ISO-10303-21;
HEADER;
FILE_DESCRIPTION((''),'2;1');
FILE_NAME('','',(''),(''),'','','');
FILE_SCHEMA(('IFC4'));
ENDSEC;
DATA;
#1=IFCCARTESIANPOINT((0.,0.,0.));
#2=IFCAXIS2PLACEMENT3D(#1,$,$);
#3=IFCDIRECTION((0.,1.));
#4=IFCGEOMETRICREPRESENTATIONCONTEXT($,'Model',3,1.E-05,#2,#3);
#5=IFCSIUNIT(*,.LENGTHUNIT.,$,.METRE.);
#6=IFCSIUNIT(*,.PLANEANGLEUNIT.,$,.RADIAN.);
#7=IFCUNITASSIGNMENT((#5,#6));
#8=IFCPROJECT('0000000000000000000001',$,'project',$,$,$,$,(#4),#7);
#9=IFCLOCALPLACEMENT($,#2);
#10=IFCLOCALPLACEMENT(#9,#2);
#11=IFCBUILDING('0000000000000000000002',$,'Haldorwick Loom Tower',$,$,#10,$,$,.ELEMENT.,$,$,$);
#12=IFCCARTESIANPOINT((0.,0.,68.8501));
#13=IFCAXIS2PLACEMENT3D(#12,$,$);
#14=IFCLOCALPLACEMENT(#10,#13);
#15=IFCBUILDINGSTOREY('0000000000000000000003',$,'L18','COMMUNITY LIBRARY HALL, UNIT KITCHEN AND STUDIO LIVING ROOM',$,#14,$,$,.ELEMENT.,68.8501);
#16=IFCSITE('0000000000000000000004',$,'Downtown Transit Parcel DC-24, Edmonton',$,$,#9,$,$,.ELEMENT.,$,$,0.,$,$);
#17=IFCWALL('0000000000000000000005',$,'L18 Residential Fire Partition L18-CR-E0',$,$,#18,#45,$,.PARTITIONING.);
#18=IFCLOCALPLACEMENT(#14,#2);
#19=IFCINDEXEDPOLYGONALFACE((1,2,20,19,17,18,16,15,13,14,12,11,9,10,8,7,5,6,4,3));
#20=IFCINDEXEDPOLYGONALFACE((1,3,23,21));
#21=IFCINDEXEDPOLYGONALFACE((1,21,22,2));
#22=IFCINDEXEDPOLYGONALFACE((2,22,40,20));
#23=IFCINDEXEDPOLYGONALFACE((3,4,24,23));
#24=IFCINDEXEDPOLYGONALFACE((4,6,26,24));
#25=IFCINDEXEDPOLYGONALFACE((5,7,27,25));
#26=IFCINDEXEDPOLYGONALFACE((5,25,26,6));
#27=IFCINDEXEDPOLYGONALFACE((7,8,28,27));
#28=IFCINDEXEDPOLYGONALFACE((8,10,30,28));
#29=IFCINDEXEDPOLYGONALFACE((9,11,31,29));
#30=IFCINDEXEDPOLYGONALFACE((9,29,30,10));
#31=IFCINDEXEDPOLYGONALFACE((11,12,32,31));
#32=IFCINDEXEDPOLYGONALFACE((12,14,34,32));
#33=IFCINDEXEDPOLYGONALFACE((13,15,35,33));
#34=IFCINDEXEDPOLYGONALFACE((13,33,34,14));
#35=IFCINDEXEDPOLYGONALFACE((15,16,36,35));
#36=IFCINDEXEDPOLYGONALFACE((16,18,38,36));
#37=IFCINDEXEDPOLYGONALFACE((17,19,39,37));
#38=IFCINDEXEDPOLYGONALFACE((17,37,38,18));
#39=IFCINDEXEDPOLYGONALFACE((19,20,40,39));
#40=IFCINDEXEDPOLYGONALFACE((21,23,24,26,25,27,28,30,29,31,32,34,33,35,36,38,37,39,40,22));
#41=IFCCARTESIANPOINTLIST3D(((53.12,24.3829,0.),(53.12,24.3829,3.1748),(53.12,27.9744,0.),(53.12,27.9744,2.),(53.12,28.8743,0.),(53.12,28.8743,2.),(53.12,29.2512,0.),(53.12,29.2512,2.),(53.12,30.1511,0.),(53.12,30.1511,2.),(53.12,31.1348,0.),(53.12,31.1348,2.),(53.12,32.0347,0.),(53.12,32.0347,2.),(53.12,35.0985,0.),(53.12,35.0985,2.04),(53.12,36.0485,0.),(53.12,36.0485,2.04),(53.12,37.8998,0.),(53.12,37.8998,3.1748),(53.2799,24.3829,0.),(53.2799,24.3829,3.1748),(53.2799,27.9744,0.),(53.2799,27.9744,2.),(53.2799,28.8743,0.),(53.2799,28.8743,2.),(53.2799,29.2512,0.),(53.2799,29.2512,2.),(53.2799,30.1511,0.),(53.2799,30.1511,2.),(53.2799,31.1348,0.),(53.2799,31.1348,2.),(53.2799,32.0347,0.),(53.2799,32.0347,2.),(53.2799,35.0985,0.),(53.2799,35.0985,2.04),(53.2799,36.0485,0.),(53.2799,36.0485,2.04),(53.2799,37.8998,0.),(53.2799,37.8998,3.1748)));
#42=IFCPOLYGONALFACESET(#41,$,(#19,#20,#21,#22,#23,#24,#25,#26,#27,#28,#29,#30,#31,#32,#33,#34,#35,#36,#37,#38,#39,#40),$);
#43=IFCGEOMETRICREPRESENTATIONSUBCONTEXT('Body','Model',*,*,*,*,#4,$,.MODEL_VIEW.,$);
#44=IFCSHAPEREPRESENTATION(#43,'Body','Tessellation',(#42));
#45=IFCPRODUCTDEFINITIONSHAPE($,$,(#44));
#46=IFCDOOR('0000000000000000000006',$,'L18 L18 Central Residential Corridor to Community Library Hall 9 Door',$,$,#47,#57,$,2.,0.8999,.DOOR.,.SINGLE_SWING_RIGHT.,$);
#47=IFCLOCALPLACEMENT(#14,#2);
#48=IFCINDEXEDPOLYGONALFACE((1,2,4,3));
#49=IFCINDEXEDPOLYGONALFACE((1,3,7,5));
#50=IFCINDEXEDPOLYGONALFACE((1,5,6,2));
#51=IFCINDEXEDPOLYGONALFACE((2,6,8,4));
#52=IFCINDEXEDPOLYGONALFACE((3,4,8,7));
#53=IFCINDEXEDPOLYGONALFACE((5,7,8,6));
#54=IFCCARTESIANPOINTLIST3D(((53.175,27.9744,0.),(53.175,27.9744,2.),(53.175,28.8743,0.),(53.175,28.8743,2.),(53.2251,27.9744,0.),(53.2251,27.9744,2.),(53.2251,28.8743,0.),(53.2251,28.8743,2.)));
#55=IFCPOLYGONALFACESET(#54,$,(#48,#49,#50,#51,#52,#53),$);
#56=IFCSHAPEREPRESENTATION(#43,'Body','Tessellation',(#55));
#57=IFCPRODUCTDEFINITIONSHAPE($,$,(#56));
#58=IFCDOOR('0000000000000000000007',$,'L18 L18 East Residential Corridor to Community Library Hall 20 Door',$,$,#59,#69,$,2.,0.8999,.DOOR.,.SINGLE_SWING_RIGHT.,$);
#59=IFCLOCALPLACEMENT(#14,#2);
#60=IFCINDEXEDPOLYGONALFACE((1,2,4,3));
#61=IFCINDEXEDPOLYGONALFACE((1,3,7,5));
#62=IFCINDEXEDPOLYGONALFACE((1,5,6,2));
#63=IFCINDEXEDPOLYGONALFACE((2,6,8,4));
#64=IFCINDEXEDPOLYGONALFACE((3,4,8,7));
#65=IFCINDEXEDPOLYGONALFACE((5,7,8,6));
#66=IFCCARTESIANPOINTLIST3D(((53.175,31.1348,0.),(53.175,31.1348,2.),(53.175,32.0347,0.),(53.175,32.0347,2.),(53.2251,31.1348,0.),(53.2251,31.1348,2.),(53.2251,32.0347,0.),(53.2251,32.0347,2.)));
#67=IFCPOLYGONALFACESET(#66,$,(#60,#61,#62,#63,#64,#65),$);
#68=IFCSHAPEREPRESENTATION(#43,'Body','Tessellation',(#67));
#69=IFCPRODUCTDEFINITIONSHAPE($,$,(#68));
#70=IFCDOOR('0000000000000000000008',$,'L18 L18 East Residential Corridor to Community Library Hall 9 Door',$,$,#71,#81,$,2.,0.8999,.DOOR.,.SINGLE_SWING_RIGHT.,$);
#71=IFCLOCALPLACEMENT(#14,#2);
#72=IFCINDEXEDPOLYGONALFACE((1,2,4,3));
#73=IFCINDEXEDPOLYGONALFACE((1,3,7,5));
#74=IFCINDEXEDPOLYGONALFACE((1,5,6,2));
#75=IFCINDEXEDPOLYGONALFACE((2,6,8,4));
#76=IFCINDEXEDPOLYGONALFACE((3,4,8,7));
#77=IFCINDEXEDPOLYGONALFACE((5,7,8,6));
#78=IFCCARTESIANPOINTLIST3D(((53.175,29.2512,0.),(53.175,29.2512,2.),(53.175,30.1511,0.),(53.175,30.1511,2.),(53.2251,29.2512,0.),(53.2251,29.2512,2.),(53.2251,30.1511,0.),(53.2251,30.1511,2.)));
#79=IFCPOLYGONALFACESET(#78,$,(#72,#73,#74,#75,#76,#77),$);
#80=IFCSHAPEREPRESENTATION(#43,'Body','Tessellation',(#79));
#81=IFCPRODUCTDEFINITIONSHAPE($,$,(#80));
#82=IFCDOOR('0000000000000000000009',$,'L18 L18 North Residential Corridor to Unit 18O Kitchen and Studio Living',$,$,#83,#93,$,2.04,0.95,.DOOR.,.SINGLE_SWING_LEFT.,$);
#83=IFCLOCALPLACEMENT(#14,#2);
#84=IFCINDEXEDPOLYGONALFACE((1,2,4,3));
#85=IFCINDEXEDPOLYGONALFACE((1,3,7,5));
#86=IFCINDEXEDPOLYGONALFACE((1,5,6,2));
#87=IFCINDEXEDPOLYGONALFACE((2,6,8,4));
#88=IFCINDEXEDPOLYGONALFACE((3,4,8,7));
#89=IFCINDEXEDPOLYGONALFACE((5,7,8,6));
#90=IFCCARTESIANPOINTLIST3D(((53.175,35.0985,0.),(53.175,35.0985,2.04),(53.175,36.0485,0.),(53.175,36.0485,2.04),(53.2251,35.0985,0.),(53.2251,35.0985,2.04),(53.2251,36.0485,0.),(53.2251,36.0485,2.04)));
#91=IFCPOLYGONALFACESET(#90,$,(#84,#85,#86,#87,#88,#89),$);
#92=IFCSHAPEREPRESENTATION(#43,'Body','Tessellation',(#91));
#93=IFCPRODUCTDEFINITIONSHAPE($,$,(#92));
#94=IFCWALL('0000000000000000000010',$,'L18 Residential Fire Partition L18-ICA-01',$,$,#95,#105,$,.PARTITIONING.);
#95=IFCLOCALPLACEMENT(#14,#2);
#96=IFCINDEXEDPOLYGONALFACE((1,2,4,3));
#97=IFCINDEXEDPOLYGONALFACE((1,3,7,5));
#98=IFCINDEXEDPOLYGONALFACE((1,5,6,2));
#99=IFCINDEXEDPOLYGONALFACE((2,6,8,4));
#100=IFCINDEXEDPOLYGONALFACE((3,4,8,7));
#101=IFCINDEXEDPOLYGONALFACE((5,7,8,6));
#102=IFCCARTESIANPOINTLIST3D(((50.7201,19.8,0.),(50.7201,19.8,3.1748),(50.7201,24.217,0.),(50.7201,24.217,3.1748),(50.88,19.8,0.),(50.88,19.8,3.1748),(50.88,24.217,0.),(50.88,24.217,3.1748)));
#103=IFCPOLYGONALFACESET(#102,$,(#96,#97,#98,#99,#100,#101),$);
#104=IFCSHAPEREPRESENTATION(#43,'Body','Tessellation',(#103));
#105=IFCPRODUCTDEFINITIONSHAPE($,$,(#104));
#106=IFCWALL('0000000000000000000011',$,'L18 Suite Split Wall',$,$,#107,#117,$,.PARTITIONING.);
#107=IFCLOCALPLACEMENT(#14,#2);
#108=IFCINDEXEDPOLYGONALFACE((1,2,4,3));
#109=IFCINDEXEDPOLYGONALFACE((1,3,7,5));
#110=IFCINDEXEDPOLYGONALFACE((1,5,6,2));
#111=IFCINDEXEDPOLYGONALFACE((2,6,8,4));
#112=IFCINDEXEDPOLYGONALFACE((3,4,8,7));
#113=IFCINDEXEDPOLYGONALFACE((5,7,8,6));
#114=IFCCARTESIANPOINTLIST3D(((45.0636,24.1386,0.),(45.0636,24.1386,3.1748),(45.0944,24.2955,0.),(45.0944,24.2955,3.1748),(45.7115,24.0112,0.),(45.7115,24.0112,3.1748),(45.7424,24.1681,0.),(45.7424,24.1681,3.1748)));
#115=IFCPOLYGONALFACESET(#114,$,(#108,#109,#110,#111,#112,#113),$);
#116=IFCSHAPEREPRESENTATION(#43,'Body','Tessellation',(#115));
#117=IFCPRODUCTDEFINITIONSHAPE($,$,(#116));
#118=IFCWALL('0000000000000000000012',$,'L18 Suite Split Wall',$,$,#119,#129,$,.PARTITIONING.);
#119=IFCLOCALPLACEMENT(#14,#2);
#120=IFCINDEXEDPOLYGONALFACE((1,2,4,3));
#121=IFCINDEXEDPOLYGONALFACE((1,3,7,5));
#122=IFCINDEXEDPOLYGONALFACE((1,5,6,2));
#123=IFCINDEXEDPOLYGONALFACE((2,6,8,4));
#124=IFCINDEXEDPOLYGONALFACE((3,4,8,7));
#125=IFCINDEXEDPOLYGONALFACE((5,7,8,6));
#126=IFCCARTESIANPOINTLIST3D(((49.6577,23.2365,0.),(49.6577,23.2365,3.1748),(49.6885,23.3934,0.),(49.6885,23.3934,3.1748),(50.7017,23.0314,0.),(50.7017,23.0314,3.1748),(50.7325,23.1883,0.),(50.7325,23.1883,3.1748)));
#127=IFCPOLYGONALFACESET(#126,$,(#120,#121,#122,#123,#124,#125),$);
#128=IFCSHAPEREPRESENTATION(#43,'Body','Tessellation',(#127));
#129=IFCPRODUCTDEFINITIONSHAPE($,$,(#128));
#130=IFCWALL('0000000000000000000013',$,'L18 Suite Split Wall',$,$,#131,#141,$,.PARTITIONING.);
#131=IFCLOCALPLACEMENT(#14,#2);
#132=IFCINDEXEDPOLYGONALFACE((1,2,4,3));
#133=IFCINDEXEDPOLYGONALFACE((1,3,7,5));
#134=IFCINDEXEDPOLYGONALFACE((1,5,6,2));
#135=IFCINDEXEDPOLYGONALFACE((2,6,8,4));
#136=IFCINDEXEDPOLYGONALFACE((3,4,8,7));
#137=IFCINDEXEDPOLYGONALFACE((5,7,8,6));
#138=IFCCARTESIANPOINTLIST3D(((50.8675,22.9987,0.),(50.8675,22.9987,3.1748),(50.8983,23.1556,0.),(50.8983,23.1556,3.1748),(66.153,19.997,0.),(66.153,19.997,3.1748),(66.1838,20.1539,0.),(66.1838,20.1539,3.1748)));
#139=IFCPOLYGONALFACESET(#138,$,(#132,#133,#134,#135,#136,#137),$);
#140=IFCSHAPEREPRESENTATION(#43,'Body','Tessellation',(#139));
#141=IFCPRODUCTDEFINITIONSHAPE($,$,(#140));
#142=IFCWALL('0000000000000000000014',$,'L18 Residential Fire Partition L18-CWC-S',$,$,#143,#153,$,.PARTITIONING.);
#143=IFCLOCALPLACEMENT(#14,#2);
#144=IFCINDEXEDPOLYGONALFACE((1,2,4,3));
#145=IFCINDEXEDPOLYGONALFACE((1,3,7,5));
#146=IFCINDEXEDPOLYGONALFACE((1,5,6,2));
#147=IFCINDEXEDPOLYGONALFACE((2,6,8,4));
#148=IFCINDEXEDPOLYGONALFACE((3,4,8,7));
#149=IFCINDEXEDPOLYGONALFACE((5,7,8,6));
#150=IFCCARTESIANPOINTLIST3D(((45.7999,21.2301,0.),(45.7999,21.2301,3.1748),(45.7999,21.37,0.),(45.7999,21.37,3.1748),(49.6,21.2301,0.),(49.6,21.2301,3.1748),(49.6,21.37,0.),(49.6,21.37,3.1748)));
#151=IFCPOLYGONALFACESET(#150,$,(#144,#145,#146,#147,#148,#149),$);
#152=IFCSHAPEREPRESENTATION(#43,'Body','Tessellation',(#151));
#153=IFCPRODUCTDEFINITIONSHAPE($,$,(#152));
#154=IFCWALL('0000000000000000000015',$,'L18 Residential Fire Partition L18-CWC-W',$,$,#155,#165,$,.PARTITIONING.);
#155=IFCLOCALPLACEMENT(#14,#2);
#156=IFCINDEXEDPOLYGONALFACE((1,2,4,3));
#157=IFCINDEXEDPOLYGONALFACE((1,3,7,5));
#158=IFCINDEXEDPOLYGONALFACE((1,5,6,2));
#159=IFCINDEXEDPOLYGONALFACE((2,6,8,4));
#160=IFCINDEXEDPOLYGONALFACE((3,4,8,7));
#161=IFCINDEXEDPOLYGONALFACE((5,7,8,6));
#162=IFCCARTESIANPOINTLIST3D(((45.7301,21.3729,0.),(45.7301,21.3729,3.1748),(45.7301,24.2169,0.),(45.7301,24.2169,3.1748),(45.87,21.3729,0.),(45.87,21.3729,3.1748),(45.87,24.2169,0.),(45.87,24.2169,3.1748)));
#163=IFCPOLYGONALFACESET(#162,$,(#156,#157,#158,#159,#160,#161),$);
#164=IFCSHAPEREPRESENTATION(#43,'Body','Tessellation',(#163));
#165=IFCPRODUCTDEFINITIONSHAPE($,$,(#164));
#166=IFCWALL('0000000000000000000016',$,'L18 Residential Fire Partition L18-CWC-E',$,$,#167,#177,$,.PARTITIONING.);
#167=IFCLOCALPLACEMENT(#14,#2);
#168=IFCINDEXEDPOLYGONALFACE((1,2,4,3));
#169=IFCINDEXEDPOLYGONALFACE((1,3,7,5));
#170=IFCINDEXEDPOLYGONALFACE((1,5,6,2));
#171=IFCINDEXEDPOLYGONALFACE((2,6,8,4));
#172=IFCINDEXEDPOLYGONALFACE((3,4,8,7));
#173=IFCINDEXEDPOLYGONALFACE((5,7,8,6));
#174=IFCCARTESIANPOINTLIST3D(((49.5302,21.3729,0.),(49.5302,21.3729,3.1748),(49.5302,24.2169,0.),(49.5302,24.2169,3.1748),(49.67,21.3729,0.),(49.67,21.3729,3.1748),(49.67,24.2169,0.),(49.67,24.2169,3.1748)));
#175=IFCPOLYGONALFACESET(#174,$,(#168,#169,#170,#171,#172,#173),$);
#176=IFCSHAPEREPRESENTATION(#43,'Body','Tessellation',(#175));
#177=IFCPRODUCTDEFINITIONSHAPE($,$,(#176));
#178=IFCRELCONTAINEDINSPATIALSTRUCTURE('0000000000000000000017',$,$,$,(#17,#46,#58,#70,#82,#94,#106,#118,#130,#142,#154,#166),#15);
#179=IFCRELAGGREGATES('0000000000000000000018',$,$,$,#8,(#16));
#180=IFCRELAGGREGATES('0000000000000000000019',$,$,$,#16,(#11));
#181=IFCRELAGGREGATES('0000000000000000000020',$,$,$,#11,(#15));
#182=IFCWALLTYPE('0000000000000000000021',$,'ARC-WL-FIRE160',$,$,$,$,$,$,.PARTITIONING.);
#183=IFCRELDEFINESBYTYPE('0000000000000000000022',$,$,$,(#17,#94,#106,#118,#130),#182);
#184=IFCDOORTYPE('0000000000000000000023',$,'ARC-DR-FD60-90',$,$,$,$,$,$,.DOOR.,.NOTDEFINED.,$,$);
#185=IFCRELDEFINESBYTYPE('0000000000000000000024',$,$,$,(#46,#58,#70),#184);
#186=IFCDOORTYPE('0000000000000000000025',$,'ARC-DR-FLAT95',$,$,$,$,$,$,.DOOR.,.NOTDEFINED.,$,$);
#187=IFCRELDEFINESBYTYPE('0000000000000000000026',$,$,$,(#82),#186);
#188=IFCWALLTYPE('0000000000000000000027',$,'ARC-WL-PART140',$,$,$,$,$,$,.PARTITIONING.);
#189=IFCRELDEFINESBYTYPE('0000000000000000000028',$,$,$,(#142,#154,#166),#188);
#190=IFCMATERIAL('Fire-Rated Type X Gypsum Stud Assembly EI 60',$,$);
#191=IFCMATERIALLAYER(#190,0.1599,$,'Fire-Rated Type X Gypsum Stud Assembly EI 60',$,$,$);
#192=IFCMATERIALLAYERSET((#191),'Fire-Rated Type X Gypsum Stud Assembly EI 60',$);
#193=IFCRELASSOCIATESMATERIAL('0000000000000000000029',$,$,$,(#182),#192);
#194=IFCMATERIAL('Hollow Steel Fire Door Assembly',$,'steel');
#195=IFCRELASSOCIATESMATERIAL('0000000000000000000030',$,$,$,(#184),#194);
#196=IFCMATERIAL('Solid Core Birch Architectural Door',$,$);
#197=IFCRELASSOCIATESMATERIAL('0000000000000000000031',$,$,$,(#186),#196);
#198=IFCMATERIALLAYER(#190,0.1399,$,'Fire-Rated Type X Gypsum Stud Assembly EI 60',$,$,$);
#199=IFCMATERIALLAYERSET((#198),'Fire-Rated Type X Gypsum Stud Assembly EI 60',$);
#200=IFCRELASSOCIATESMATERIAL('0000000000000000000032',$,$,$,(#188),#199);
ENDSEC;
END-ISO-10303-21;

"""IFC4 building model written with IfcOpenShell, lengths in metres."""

from ifc_helpers import new_model, si_unit, direction, frame, frame_2d, origin, place, context, subcontext, project, spatial, rectangle, extrude, material, layer, layer_set, type_object, element, fill, save


model = new_model("IFC4")

# Units and contexts
model_context = context("Model", 3, precision=1e-05, world=origin(), true_north=direction((0.0, 1.0)))
body_context = subcontext(model_context, "Body", "Model", "MODEL_VIEW")
ifc_project = project(units=[si_unit("LENGTHUNIT", "METRE"), si_unit("PLANEANGLEUNIT", "RADIAN")], contexts=[model_context])

# Site, building, storey
site_placement = place(None, origin())
site = spatial("IfcSite", under=ifc_project, at=site_placement, Name="Downtown Transit Parcel DC-24, Edmonton", CompositionType="ELEMENT", RefElevation=0.0)
building_placement = place(site_placement, origin())
building = spatial("IfcBuilding", under=site, at=building_placement, Name="Haldorwick Loom Tower", CompositionType="ELEMENT")
storey_placement = place(building_placement, frame((0.0, 0.0, 68.8501)))
storey = spatial("IfcBuildingStorey", under=building, at=storey_placement, Name="L18", Description="COMMUNITY LIBRARY HALL, UNIT KITCHEN AND STUDIO LIVING ROOM", CompositionType="ELEMENT", Elevation=68.8501)

# Wall, openings, doors
ifc_material_1 = material(Name="Fire-Rated Type X Gypsum Stud Assembly EI 60")
ifc_layer_1 = layer(ifc_material_1, 0.1599, Name="Fire-Rated Type X Gypsum Stud Assembly EI 60")
ifc_layer_set_1 = layer_set([ifc_layer_1], Name="Fire-Rated Type X Gypsum Stud Assembly EI 60")
wall_type_1 = type_object("IfcWallType", Name="ARC-WL-FIRE160", PredefinedType="PARTITIONING", material=ifc_layer_set_1)
wall_1_placement = place(storey_placement, frame((53.2, 24.3831, 0.0), z_axis=(0.0, 0.0, 1.0), x_axis=(0.0, 1.0, 0.0)))
wall_1 = element("IfcWall", 1, at=wall_1_placement, inside=storey, type_object=wall_type_1, Name="L18 Residential Fire Partition L18-CR-E0", PredefinedType="PARTITIONING", context=body_context, shape_type="SweptSolid", body=[
    extrude(rectangle(XDim=13.5168, YDim=0.1599, at=frame_2d((6.7583, 0.0))), origin(), (0.0, 0.0, 1.0), 3.1748),
])
opening_1_placement = place(wall_1_placement, frame((3.5913, 0.0, 0.0)))
opening_1 = element("IfcOpeningElement", 2, at=opening_1_placement, cuts=wall_1, PredefinedType="OPENING", context=body_context, shape_type="SweptSolid", body=[
    extrude(rectangle(XDim=0.8999, YDim=2.0, at=frame_2d((0.45, 1.0))), frame((0.0, 0.0898, 0.0), z_axis=(0.0, -1.0, 0.0), x_axis=(1.0, 0.0, 0.0)), (0.0, 0.0, 1.0), 0.1799),
])
opening_2_placement = place(wall_1_placement, frame((10.7153, 0.0, 0.0)))
opening_2 = element("IfcOpeningElement", 3, at=opening_2_placement, cuts=wall_1, PredefinedType="OPENING", context=body_context, shape_type="SweptSolid", body=[
    extrude(rectangle(XDim=0.95, YDim=2.04, at=frame_2d((0.4751, 1.02))), frame((0.0, 0.0898, 0.0), z_axis=(0.0, -1.0, 0.0), x_axis=(1.0, 0.0, 0.0)), (0.0, 0.0, 1.0), 0.1799),
])
opening_3_placement = place(wall_1_placement, frame((6.7517, 0.0, 0.0)))
opening_3 = element("IfcOpeningElement", 4, at=opening_3_placement, cuts=wall_1, PredefinedType="OPENING", context=body_context, shape_type="SweptSolid", body=[
    extrude(rectangle(XDim=0.8999, YDim=2.0, at=frame_2d((0.45, 1.0))), frame((0.0, 0.0898, 0.0), z_axis=(0.0, -1.0, 0.0), x_axis=(1.0, 0.0, 0.0)), (0.0, 0.0, 1.0), 0.1799),
])
opening_4_placement = place(wall_1_placement, frame((4.8682, 0.0, 0.0)))
opening_4 = element("IfcOpeningElement", 5, at=opening_4_placement, cuts=wall_1, PredefinedType="OPENING", context=body_context, shape_type="SweptSolid", body=[
    extrude(rectangle(XDim=0.8999, YDim=2.0, at=frame_2d((0.45, 1.0))), frame((0.0, 0.0898, 0.0), z_axis=(0.0, -1.0, 0.0), x_axis=(1.0, 0.0, 0.0)), (0.0, 0.0, 1.0), 0.1799),
])
ifc_material_2 = material(Name="Hollow Steel Fire Door Assembly", Category="steel")
door_type_1 = type_object("IfcDoorType", Name="ARC-DR-FD60-90", OperationType="NOTDEFINED", PredefinedType="DOOR", material=ifc_material_2)
door_1_placement = place(opening_1_placement, origin())
door_1 = element("IfcDoor", 6, at=door_1_placement, inside=storey, type_object=door_type_1, Name="L18 L18 Central Residential Corridor to Community Library Hall 9 Door", OperationType="SINGLE_SWING_RIGHT", OverallHeight=2.0, OverallWidth=0.8999, PredefinedType="DOOR", context=body_context, shape_type="SweptSolid", body=[
    extrude(rectangle(XDim=0.8999, YDim=2.0, at=frame_2d((0.45, 1.0))), frame((0.0, 0.0249, 0.0), z_axis=(0.0, -1.0, 0.0), x_axis=(1.0, 0.0, 0.0)), (0.0, 0.0, 1.0), 0.05),
])
fill(opening_1, door_1)
door_2_placement = place(opening_3_placement, origin())
door_2 = element("IfcDoor", 7, at=door_2_placement, inside=storey, type_object=door_type_1, Name="L18 L18 East Residential Corridor to Community Library Hall 20 Door", OperationType="SINGLE_SWING_RIGHT", OverallHeight=2.0, OverallWidth=0.8999, PredefinedType="DOOR", context=body_context, shape_type="SweptSolid", body=[
    extrude(rectangle(XDim=0.8999, YDim=2.0, at=frame_2d((0.45, 1.0))), frame((0.0, 0.0249, 0.0), z_axis=(0.0, -1.0, 0.0), x_axis=(1.0, 0.0, 0.0)), (0.0, 0.0, 1.0), 0.05),
])
fill(opening_3, door_2)
door_3_placement = place(opening_4_placement, origin())
door_3 = element("IfcDoor", 8, at=door_3_placement, inside=storey, type_object=door_type_1, Name="L18 L18 East Residential Corridor to Community Library Hall 9 Door", OperationType="SINGLE_SWING_RIGHT", OverallHeight=2.0, OverallWidth=0.8999, PredefinedType="DOOR", context=body_context, shape_type="SweptSolid", body=[
    extrude(rectangle(XDim=0.8999, YDim=2.0, at=frame_2d((0.45, 1.0))), frame((0.0, 0.0249, 0.0), z_axis=(0.0, -1.0, 0.0), x_axis=(1.0, 0.0, 0.0)), (0.0, 0.0, 1.0), 0.05),
])
fill(opening_4, door_3)
ifc_material_3 = material(Name="Solid Core Birch Architectural Door")
door_type_2 = type_object("IfcDoorType", Name="ARC-DR-FLAT95", OperationType="NOTDEFINED", PredefinedType="DOOR", material=ifc_material_3)
door_4_placement = place(opening_2_placement, origin())
door_4 = element("IfcDoor", 9, at=door_4_placement, inside=storey, type_object=door_type_2, Name="L18 L18 North Residential Corridor to Unit 18O Kitchen and Studio Living", OperationType="SINGLE_SWING_LEFT", OverallHeight=2.04, OverallWidth=0.95, PredefinedType="DOOR", context=body_context, shape_type="SweptSolid", body=[
    extrude(rectangle(XDim=0.95, YDim=2.04, at=frame_2d((0.4751, 1.02))), frame((0.0, 0.0249, 0.0), z_axis=(0.0, -1.0, 0.0), x_axis=(1.0, 0.0, 0.0)), (0.0, 0.0, 1.0), 0.05),
])
fill(opening_2, door_4)

# Walls
wall_2_placement = place(storey_placement, frame((50.8, 24.217, 0.0), z_axis=(0.0, 0.0, 1.0), x_axis=(0.0, -1.0, 0.0)))
element("IfcWall", 10, at=wall_2_placement, inside=storey, type_object=wall_type_1, Name="L18 Residential Fire Partition L18-ICA-01", PredefinedType="PARTITIONING", context=body_context, shape_type="SweptSolid", body=[
    extrude(rectangle(XDim=4.417, YDim=0.1599, at=frame_2d((2.2085, 0.0))), origin(), (0.0, 0.0, 1.0), 3.1748),
])
wall_3_placement = place(storey_placement, frame((45.0791, 24.217, 0.0), z_axis=(0.0, 0.0, 1.0), x_axis=(0.981201, -0.192987, 0.0)))
element("IfcWall", 11, at=wall_3_placement, inside=storey, type_object=wall_type_1, Name="L18 Suite Split Wall", PredefinedType="PARTITIONING", context=body_context, shape_type="SweptSolid", body=[
    extrude(rectangle(XDim=0.6604, YDim=0.1599, at=frame_2d((0.3301, 0.0))), origin(), (0.0, 0.0, 1.0), 3.1748),
])
wall_4_placement = place(storey_placement, frame((49.6731, 23.3149, 0.0), z_axis=(0.0, 0.0, 1.0), x_axis=(0.981246, -0.192761, 0.0)))
element("IfcWall", 12, at=wall_4_placement, inside=storey, type_object=wall_type_1, Name="L18 Suite Split Wall", PredefinedType="PARTITIONING", context=body_context, shape_type="SweptSolid", body=[
    extrude(rectangle(XDim=1.064, YDim=0.1599, at=frame_2d((0.532, 0.0))), origin(), (0.0, 0.0, 1.0), 3.1748),
])
wall_5_placement = place(storey_placement, frame((50.8831, 23.0771, 0.0), z_axis=(0.0, 0.0, 1.0), x_axis=(0.981258, -0.192697, 0.0)))
element("IfcWall", 13, at=wall_5_placement, inside=storey, type_object=wall_type_1, Name="L18 Suite Split Wall", PredefinedType="PARTITIONING", context=body_context, shape_type="SweptSolid", body=[
    extrude(rectangle(XDim=15.5774, YDim=0.1599, at=frame_2d((7.7886, 0.0))), origin(), (0.0, 0.0, 1.0), 3.1748),
])
ifc_layer_2 = layer(ifc_material_1, 0.1399, Name="Fire-Rated Type X Gypsum Stud Assembly EI 60")
ifc_layer_set_2 = layer_set([ifc_layer_2], Name="Fire-Rated Type X Gypsum Stud Assembly EI 60")
wall_type_2 = type_object("IfcWallType", Name="ARC-WL-PART140", PredefinedType="PARTITIONING", material=ifc_layer_set_2)
wall_6_placement = place(storey_placement, frame((45.8, 21.3, 0.0), z_axis=(0.0, 0.0, 1.0), x_axis=(1.0, 0.0, 0.0)))
element("IfcWall", 14, at=wall_6_placement, inside=storey, type_object=wall_type_2, Name="L18 Residential Fire Partition L18-CWC-S", PredefinedType="PARTITIONING", context=body_context, shape_type="SweptSolid", body=[
    extrude(rectangle(XDim=3.8, YDim=0.1399, at=frame_2d((1.8999, 0.0))), origin(), (0.0, 0.0, 1.0), 3.1748),
])
for number, where, z_axis, x_axis, name in (
    (15, (45.8, 21.373, 0.0), (0.0, 0.0, 1.0), (0.0, 1.0, 0.0), "L18 Residential Fire Partition L18-CWC-W"),
    (16, (49.6001, 21.373, 0.0), (0.0, 0.0, 1.0), (0.0, 1.0, 0.0), "L18 Residential Fire Partition L18-CWC-E"),
):
    element("IfcWall", number, at=place(storey_placement, frame(where, z_axis=z_axis, x_axis=x_axis)), inside=storey, type_object=wall_type_2, Name=name, PredefinedType="PARTITIONING", context=body_context, shape_type="SweptSolid", body=[
        extrude(rectangle(XDim=2.844, YDim=0.1399, at=frame_2d((1.4219, 0.0))), origin(), (0.0, 0.0, 1.0), 3.1748),
    ])

save(model, "model.ifc")
